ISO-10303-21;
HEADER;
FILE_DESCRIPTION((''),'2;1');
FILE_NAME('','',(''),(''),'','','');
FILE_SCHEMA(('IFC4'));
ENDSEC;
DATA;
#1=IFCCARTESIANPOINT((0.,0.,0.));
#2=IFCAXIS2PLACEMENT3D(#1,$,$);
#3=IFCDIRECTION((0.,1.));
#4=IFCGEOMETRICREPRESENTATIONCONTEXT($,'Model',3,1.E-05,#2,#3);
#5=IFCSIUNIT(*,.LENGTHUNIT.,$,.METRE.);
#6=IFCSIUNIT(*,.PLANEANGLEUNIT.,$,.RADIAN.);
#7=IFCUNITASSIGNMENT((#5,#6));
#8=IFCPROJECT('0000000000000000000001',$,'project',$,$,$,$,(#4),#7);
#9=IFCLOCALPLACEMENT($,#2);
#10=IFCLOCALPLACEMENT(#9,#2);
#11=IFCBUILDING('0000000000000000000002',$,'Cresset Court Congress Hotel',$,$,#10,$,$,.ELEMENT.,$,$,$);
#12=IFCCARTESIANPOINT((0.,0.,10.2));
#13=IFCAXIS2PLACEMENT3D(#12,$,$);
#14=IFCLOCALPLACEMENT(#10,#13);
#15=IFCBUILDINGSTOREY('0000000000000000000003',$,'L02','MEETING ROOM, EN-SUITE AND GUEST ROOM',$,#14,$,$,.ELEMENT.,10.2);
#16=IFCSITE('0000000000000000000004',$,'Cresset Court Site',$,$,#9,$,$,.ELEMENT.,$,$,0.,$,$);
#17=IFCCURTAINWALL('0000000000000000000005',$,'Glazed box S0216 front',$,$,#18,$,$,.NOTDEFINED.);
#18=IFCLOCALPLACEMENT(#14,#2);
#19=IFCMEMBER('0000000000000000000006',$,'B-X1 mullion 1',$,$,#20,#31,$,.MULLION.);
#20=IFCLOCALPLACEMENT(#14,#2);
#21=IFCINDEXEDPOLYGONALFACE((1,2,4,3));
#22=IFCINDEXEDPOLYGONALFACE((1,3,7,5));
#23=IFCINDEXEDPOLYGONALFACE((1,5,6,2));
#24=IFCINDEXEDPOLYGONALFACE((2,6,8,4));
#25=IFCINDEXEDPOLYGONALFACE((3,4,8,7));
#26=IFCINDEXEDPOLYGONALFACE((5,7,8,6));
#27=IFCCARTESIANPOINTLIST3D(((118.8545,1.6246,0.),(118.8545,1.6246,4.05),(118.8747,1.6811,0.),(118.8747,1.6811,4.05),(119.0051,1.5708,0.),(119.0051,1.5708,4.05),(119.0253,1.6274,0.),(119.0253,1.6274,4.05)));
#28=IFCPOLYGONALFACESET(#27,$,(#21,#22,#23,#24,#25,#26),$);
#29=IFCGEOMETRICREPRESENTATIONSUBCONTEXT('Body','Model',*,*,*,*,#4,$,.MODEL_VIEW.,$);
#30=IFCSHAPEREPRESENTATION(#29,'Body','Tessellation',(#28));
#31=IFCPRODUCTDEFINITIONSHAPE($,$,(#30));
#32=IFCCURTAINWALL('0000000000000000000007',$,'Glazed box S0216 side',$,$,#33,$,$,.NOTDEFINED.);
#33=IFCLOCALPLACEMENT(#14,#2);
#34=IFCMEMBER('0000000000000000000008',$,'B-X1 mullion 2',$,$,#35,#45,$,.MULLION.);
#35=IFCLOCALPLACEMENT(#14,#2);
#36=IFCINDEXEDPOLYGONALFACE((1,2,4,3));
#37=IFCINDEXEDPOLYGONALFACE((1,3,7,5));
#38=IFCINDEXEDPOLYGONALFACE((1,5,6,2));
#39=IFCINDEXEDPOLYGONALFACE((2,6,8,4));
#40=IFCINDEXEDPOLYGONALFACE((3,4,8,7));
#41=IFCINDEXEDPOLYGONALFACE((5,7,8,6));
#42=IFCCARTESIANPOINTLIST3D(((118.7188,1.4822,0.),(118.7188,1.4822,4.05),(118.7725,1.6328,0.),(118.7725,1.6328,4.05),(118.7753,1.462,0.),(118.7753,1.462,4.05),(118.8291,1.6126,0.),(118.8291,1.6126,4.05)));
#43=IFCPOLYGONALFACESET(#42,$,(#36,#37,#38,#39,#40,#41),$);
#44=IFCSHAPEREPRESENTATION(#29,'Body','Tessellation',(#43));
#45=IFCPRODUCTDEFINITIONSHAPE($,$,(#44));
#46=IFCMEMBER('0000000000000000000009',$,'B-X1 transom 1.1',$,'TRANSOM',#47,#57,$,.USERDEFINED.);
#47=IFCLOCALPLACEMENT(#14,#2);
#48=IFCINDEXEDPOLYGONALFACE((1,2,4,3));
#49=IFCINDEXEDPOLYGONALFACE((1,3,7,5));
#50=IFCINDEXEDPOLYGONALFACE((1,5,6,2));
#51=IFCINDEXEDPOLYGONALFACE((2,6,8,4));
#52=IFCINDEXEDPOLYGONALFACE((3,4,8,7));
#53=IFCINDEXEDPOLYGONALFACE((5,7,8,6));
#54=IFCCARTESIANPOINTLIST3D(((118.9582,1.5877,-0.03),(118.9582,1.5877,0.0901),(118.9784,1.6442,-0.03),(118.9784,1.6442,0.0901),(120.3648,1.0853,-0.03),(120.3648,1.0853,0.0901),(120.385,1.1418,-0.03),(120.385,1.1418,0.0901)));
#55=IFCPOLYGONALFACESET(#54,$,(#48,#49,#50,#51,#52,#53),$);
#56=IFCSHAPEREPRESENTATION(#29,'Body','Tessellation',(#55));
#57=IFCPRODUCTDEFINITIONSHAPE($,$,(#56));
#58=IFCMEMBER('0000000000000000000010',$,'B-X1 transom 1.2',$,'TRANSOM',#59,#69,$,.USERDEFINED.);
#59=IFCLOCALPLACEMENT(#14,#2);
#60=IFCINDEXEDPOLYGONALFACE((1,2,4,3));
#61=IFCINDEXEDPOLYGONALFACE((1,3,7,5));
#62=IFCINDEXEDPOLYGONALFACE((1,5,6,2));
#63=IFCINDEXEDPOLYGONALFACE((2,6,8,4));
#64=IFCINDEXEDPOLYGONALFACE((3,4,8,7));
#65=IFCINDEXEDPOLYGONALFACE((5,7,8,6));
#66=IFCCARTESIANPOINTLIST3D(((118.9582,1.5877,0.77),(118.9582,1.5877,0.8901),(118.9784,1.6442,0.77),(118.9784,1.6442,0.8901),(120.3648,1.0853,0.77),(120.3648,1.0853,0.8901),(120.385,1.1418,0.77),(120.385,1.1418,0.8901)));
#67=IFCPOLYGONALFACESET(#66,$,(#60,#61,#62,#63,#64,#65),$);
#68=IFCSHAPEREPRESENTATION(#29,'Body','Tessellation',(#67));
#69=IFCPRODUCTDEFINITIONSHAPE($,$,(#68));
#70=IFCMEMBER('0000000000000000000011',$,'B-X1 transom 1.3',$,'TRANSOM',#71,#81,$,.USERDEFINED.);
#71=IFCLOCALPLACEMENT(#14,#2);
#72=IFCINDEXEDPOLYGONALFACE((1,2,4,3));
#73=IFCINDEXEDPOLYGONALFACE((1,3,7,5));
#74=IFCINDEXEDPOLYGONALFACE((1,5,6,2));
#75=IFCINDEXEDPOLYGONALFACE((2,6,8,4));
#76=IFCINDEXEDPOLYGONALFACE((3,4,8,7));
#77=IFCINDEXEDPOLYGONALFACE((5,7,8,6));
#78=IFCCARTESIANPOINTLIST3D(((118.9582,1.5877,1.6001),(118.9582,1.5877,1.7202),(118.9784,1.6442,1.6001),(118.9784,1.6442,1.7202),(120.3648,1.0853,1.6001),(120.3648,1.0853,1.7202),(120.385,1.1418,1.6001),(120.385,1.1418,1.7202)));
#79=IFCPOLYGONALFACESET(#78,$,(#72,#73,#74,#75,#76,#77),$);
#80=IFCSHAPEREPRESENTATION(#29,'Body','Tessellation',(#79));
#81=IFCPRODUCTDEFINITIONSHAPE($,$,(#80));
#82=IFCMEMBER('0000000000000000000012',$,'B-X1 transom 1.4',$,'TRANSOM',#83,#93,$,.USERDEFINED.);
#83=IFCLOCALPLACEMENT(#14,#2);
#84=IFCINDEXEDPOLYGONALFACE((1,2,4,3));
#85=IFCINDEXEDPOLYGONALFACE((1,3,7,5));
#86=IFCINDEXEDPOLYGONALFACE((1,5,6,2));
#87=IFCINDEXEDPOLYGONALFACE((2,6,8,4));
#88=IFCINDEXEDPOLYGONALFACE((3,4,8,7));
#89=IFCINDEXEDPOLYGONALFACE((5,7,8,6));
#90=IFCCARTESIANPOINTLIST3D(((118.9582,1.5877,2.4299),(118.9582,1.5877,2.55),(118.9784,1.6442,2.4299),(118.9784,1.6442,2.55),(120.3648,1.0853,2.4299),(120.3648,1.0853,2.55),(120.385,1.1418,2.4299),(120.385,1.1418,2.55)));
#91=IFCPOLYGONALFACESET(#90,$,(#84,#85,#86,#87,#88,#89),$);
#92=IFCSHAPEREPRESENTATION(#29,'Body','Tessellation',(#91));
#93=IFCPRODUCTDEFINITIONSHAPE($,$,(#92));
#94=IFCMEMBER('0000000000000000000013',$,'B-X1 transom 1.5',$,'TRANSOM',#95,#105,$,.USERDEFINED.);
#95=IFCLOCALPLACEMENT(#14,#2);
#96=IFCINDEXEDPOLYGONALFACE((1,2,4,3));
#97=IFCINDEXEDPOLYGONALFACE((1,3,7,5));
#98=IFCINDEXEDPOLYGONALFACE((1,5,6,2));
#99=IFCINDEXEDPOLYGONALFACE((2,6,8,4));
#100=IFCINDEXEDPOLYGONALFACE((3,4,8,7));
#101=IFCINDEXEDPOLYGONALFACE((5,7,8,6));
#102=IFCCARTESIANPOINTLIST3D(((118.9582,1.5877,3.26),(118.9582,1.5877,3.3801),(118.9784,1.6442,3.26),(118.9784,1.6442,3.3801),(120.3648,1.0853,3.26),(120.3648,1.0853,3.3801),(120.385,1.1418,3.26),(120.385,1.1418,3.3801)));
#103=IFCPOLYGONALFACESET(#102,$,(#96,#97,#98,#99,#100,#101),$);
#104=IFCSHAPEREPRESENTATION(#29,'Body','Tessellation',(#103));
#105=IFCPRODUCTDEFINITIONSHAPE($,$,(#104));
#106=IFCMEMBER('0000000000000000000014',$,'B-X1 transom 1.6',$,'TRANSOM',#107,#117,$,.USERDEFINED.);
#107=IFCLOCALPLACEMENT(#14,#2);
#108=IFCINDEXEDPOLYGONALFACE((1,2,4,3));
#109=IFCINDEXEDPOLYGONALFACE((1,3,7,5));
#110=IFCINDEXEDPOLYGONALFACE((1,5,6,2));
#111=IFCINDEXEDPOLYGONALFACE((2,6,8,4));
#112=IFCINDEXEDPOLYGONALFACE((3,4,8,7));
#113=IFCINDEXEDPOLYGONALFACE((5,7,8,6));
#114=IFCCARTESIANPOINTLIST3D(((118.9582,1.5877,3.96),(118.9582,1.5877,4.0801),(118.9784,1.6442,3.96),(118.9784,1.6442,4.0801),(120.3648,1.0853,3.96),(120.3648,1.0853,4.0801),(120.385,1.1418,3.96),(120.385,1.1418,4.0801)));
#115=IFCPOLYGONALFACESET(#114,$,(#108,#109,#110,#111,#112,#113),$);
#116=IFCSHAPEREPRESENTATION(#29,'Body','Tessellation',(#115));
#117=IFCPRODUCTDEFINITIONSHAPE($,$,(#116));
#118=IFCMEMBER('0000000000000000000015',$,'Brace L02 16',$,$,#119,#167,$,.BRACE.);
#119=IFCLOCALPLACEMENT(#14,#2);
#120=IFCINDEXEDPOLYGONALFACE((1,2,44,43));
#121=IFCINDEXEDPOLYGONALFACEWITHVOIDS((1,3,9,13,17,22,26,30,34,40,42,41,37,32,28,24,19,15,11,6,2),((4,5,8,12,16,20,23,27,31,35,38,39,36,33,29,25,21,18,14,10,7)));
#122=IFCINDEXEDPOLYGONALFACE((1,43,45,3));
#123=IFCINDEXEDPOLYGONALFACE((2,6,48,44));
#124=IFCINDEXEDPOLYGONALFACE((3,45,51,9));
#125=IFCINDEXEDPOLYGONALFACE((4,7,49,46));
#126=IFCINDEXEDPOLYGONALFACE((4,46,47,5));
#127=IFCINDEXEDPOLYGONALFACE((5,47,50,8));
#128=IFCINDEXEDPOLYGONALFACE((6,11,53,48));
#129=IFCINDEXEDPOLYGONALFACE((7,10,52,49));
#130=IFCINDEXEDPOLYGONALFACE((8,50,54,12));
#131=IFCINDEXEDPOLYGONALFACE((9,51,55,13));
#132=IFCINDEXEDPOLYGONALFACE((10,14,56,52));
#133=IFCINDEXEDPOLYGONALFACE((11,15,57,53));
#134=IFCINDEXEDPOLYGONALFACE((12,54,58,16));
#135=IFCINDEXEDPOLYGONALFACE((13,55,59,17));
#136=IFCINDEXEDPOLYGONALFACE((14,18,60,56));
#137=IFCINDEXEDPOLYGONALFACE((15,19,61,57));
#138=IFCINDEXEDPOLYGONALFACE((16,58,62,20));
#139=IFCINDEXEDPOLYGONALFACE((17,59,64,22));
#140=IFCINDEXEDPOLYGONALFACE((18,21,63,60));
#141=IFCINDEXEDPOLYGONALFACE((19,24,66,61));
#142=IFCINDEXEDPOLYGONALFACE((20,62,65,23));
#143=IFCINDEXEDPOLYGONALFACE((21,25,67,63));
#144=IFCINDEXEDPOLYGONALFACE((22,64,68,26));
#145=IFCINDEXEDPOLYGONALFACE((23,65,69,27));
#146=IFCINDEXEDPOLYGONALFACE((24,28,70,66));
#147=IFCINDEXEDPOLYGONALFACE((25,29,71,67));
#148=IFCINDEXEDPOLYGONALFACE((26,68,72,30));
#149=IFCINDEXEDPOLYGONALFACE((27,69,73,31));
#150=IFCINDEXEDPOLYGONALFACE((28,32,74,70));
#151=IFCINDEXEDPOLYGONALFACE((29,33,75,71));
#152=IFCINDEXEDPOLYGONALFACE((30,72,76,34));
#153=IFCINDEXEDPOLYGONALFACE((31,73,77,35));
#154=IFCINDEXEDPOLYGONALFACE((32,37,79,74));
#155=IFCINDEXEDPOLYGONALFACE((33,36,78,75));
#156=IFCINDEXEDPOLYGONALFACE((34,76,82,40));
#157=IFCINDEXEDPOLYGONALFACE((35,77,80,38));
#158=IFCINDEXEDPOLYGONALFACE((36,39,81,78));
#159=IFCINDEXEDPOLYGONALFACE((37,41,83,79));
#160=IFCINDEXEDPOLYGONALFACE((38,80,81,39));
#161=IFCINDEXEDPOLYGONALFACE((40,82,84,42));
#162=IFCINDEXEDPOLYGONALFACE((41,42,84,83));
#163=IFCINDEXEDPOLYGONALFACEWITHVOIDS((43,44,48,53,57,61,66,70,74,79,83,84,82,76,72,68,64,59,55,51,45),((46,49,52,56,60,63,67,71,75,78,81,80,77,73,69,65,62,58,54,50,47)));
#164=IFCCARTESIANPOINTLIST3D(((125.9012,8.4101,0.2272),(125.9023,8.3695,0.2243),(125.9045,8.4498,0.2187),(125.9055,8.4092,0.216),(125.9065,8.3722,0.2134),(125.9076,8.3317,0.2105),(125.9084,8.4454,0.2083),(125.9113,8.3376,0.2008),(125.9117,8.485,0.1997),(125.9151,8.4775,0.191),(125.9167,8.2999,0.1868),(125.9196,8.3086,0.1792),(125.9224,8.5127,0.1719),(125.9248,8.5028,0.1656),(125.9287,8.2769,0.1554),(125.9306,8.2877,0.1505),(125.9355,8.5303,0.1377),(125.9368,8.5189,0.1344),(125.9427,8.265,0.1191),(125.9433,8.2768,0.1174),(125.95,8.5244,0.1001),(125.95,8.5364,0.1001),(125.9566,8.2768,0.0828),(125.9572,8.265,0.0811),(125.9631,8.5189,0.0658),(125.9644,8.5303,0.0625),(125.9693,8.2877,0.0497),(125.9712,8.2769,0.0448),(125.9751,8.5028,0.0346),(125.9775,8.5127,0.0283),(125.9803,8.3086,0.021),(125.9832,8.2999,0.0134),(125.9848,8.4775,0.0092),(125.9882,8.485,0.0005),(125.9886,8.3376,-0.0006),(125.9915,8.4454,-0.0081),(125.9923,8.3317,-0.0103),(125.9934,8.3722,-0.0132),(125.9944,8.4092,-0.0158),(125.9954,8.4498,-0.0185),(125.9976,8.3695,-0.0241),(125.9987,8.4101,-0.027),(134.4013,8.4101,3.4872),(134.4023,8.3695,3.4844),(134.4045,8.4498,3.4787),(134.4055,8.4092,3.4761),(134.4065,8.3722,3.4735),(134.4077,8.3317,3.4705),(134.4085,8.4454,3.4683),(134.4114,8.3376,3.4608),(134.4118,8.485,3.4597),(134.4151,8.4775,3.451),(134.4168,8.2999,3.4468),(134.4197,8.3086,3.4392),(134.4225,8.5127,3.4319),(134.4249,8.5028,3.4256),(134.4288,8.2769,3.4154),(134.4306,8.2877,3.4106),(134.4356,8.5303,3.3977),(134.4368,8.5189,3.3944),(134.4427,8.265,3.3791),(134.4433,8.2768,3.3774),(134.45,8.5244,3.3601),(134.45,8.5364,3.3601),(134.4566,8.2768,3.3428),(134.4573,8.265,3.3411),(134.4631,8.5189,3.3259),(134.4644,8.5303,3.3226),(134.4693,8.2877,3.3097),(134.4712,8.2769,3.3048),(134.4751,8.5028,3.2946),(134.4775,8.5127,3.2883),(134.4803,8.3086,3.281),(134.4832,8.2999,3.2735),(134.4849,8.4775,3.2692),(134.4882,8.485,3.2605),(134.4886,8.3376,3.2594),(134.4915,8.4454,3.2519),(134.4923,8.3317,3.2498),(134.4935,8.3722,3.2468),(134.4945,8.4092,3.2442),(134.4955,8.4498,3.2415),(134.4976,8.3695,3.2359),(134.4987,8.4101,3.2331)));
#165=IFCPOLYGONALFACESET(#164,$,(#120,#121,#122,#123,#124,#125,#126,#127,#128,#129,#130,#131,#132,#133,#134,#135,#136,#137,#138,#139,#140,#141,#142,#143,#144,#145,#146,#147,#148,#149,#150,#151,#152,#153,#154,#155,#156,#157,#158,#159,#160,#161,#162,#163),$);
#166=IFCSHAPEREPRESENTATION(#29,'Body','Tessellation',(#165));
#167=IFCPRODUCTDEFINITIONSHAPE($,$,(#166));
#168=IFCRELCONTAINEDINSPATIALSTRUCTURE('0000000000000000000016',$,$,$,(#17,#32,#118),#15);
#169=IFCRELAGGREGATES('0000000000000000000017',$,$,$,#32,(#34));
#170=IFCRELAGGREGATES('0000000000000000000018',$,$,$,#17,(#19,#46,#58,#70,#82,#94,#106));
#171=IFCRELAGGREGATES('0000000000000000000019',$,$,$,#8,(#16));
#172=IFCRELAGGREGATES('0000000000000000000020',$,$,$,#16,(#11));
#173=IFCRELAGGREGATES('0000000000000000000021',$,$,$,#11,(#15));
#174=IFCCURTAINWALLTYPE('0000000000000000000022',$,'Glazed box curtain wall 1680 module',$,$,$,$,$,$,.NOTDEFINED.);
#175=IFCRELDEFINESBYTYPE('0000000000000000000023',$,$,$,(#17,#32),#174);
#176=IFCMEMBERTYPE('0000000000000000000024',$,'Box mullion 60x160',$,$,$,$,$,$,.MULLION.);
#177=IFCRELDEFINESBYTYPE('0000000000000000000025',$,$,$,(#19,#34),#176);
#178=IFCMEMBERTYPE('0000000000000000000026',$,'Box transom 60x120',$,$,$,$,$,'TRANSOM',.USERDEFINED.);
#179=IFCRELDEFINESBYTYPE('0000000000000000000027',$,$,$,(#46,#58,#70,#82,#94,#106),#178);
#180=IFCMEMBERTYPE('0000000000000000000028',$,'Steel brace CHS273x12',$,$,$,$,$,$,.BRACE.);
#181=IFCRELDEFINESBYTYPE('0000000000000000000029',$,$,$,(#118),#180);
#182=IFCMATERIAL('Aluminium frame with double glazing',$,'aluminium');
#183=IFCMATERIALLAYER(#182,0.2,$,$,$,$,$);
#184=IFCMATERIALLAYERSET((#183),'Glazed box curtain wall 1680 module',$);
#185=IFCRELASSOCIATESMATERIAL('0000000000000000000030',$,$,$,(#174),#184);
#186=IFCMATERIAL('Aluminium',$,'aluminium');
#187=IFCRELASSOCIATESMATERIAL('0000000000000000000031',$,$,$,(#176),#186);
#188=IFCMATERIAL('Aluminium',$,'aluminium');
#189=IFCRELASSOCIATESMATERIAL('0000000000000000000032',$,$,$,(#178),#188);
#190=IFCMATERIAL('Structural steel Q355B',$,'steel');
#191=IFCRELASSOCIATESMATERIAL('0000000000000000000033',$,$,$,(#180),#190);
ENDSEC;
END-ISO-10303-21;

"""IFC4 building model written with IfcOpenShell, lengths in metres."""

from ifc_helpers import new_model, si_unit, direction, frame, origin, origin_2d, place, context, subcontext, project, spatial, rectangle, hollow_circle, extrude, material, layer, layer_set, material_profile, profile_set, type_object, element, aggregate, save


model = new_model("IFC4")

# Units and contexts
model_context = context("Model", 3, precision=1e-05, world=origin(), true_north=direction((0.0, 1.0)))
body_context = subcontext(model_context, "Body", "Model", "MODEL_VIEW")
ifc_project = project(units=[si_unit("LENGTHUNIT", "METRE"), si_unit("PLANEANGLEUNIT", "RADIAN")], contexts=[model_context])

# Site, building, storey
site_placement = place(None, origin())
site = spatial("IfcSite", under=ifc_project, at=site_placement, Name="Cresset Court Site", CompositionType="ELEMENT", RefElevation=0.0)
building_placement = place(site_placement, origin())
building = spatial("IfcBuilding", under=site, at=building_placement, Name="Cresset Court Congress Hotel", CompositionType="ELEMENT")
storey_placement = place(building_placement, frame((0.0, 0.0, 10.2)))
storey = spatial("IfcBuildingStorey", under=building, at=storey_placement, Name="L02", Description="MEETING ROOM, EN-SUITE AND GUEST ROOM", CompositionType="ELEMENT", Elevation=10.2)

# Curtain walls, members
ifc_material_1 = material(Name="Aluminium frame with double glazing", Category="aluminium")
ifc_layer_1 = layer(ifc_material_1, 0.2)
ifc_layer_set_1 = layer_set([ifc_layer_1], Name="Glazed box curtain wall 1680 module")
curtain_wall_type = type_object("IfcCurtainWallType", Name="Glazed box curtain wall 1680 module", PredefinedType="NOTDEFINED", material=ifc_layer_set_1)
curtain_wall_1_placement = place(storey_placement, origin())
curtain_wall_1 = element("IfcCurtainWall", 1, at=curtain_wall_1_placement, inside=storey, type_object=curtain_wall_type, Name="Glazed box S0216 front", PredefinedType="NOTDEFINED")
ifc_material_2 = material(Name="Aluminium", Category="aluminium")
ifc_material_profile_1 = material_profile(ifc_material_2, rectangle(XDim=0.0601, YDim=0.1599, at=origin_2d()), Name="Box mullion 60x160")
ifc_profile_set_1 = profile_set([ifc_material_profile_1], Name="Aluminium")
member_type_1 = type_object("IfcMemberType", Name="Box mullion 60x160", PredefinedType="MULLION", material=ifc_profile_set_1)
member_1_placement = place(storey_placement, frame((118.9399, 1.626, 0.0), z_axis=(0.0, 0.0, 1.0), x_axis=(0.336336, 0.941742, 0.0)))
member_1 = element("IfcMember", 2, at=member_1_placement, type_object=member_type_1, Name="B-X1 mullion 1", PredefinedType="MULLION", context=body_context, shape_type="SweptSolid", body=[
    extrude(rectangle(XDim=0.0601, YDim=0.1599, at=origin_2d()), origin(), (0.0, 0.0, 1.0), 4.05),
])
curtain_wall_2_placement = place(storey_placement, origin())
curtain_wall_2 = element("IfcCurtainWall", 3, at=curtain_wall_2_placement, inside=storey, type_object=curtain_wall_type, Name="Glazed box S0216 side", PredefinedType="NOTDEFINED")
member_2_placement = place(storey_placement, frame((118.7739, 1.5474, 0.0), z_axis=(0.0, 0.0, 1.0), x_axis=(-0.941742, 0.336336, 0.0)))
member_2 = element("IfcMember", 4, at=member_2_placement, type_object=member_type_1, Name="B-X1 mullion 2", PredefinedType="MULLION", context=body_context, shape_type="SweptSolid", body=[
    extrude(rectangle(XDim=0.0601, YDim=0.1599, at=origin_2d()), origin(), (0.0, 0.0, 1.0), 4.05),
])
aggregate(curtain_wall_2, [member_2])

# Members
ifc_material_3 = material(Name="Aluminium", Category="aluminium")
ifc_material_profile_2 = material_profile(ifc_material_3, rectangle(XDim=0.0601, YDim=0.1201, at=origin_2d()), Name="Box transom 60x120")
ifc_profile_set_2 = profile_set([ifc_material_profile_2], Name="Aluminium")
member_type_2 = type_object("IfcMemberType", Name="Box transom 60x120", ElementType="TRANSOM", PredefinedType="USERDEFINED", material=ifc_profile_set_2)
member_3_placement = place(storey_placement, frame((118.9683, 1.616, 0.03), z_axis=(0.941735, -0.336357, 0.0), x_axis=(0.336357, 0.941735, 0.0)))
member_3 = element("IfcMember", 5, at=member_3_placement, type_object=member_type_2, Name="B-X1 transom 1.1", ObjectType="TRANSOM", PredefinedType="USERDEFINED", context=body_context, shape_type="SweptSolid", body=[
    extrude(rectangle(XDim=0.0601, YDim=0.1201, at=origin_2d()), origin(), (0.0, 0.0, 1.0), 1.4937),
])
member_4_placement = place(storey_placement, frame((118.9683, 1.616, 0.8301), z_axis=(0.941735, -0.336357, 0.0), x_axis=(0.336357, 0.941735, 0.0)))
member_4 = element("IfcMember", 6, at=member_4_placement, type_object=member_type_2, Name="B-X1 transom 1.2", ObjectType="TRANSOM", PredefinedType="USERDEFINED", context=body_context, shape_type="SweptSolid", body=[
    extrude(rectangle(XDim=0.0601, YDim=0.1201, at=origin_2d()), origin(), (0.0, 0.0, 1.0), 1.4937),
])
member_5_placement = place(storey_placement, frame((118.9683, 1.616, 1.6602), z_axis=(0.941735, -0.336357, 0.0), x_axis=(0.336357, 0.941735, 0.0)))
member_5 = element("IfcMember", 7, at=member_5_placement, type_object=member_type_2, Name="B-X1 transom 1.3", ObjectType="TRANSOM", PredefinedType="USERDEFINED", context=body_context, shape_type="SweptSolid", body=[
    extrude(rectangle(XDim=0.0601, YDim=0.1201, at=origin_2d()), origin(), (0.0, 0.0, 1.0), 1.4937),
])
member_6_placement = place(storey_placement, frame((118.9683, 1.616, 2.49), z_axis=(0.941735, -0.336357, 0.0), x_axis=(0.336357, 0.941735, 0.0)))
member_6 = element("IfcMember", 8, at=member_6_placement, type_object=member_type_2, Name="B-X1 transom 1.4", ObjectType="TRANSOM", PredefinedType="USERDEFINED", context=body_context, shape_type="SweptSolid", body=[
    extrude(rectangle(XDim=0.0601, YDim=0.1201, at=origin_2d()), origin(), (0.0, 0.0, 1.0), 1.4937),
])
member_7_placement = place(storey_placement, frame((118.9683, 1.616, 3.3201), z_axis=(0.941735, -0.336357, 0.0), x_axis=(0.336357, 0.941735, 0.0)))
member_7 = element("IfcMember", 9, at=member_7_placement, type_object=member_type_2, Name="B-X1 transom 1.5", ObjectType="TRANSOM", PredefinedType="USERDEFINED", context=body_context, shape_type="SweptSolid", body=[
    extrude(rectangle(XDim=0.0601, YDim=0.1201, at=origin_2d()), origin(), (0.0, 0.0, 1.0), 1.4937),
])
member_8_placement = place(storey_placement, frame((118.9683, 1.616, 4.02), z_axis=(0.941735, -0.336357, 0.0), x_axis=(0.336357, 0.941735, 0.0)))
member_8 = element("IfcMember", 10, at=member_8_placement, type_object=member_type_2, Name="B-X1 transom 1.6", ObjectType="TRANSOM", PredefinedType="USERDEFINED", context=body_context, shape_type="SweptSolid", body=[
    extrude(rectangle(XDim=0.0601, YDim=0.1201, at=origin_2d()), origin(), (0.0, 0.0, 1.0), 1.4937),
])
aggregate(curtain_wall_1, [member_1, member_3, member_4, member_5, member_6, member_7, member_8])
ifc_material_4 = material(Name="Structural steel Q355B", Category="steel")
ifc_material_profile_3 = material_profile(ifc_material_4, hollow_circle(Radius=0.1365, WallThickness=0.012, at=origin_2d()), Name="CHS273x12")
ifc_profile_set_3 = profile_set([ifc_material_profile_3], Name="Structural steel Q355B")
member_type_3 = type_object("IfcMemberType", Name="Steel brace CHS273x12", PredefinedType="BRACE", material=ifc_profile_set_3)
member_9_placement = place(storey_placement, frame((125.95, 8.3999, 0.1001), z_axis=(0.933685, 0.0, 0.358097), x_axis=(0.0, 1.0, 0.0)))
element("IfcMember", 11, at=member_9_placement, inside=storey, type_object=member_type_3, Name="Brace L02 16", PredefinedType="BRACE", context=body_context, shape_type="SweptSolid", body=[
    extrude(hollow_circle(Radius=0.1365, WallThickness=0.012, at=origin_2d()), origin(), (0.0, 0.0, 1.0), 9.1038),
])

save(model, "model.ifc")
